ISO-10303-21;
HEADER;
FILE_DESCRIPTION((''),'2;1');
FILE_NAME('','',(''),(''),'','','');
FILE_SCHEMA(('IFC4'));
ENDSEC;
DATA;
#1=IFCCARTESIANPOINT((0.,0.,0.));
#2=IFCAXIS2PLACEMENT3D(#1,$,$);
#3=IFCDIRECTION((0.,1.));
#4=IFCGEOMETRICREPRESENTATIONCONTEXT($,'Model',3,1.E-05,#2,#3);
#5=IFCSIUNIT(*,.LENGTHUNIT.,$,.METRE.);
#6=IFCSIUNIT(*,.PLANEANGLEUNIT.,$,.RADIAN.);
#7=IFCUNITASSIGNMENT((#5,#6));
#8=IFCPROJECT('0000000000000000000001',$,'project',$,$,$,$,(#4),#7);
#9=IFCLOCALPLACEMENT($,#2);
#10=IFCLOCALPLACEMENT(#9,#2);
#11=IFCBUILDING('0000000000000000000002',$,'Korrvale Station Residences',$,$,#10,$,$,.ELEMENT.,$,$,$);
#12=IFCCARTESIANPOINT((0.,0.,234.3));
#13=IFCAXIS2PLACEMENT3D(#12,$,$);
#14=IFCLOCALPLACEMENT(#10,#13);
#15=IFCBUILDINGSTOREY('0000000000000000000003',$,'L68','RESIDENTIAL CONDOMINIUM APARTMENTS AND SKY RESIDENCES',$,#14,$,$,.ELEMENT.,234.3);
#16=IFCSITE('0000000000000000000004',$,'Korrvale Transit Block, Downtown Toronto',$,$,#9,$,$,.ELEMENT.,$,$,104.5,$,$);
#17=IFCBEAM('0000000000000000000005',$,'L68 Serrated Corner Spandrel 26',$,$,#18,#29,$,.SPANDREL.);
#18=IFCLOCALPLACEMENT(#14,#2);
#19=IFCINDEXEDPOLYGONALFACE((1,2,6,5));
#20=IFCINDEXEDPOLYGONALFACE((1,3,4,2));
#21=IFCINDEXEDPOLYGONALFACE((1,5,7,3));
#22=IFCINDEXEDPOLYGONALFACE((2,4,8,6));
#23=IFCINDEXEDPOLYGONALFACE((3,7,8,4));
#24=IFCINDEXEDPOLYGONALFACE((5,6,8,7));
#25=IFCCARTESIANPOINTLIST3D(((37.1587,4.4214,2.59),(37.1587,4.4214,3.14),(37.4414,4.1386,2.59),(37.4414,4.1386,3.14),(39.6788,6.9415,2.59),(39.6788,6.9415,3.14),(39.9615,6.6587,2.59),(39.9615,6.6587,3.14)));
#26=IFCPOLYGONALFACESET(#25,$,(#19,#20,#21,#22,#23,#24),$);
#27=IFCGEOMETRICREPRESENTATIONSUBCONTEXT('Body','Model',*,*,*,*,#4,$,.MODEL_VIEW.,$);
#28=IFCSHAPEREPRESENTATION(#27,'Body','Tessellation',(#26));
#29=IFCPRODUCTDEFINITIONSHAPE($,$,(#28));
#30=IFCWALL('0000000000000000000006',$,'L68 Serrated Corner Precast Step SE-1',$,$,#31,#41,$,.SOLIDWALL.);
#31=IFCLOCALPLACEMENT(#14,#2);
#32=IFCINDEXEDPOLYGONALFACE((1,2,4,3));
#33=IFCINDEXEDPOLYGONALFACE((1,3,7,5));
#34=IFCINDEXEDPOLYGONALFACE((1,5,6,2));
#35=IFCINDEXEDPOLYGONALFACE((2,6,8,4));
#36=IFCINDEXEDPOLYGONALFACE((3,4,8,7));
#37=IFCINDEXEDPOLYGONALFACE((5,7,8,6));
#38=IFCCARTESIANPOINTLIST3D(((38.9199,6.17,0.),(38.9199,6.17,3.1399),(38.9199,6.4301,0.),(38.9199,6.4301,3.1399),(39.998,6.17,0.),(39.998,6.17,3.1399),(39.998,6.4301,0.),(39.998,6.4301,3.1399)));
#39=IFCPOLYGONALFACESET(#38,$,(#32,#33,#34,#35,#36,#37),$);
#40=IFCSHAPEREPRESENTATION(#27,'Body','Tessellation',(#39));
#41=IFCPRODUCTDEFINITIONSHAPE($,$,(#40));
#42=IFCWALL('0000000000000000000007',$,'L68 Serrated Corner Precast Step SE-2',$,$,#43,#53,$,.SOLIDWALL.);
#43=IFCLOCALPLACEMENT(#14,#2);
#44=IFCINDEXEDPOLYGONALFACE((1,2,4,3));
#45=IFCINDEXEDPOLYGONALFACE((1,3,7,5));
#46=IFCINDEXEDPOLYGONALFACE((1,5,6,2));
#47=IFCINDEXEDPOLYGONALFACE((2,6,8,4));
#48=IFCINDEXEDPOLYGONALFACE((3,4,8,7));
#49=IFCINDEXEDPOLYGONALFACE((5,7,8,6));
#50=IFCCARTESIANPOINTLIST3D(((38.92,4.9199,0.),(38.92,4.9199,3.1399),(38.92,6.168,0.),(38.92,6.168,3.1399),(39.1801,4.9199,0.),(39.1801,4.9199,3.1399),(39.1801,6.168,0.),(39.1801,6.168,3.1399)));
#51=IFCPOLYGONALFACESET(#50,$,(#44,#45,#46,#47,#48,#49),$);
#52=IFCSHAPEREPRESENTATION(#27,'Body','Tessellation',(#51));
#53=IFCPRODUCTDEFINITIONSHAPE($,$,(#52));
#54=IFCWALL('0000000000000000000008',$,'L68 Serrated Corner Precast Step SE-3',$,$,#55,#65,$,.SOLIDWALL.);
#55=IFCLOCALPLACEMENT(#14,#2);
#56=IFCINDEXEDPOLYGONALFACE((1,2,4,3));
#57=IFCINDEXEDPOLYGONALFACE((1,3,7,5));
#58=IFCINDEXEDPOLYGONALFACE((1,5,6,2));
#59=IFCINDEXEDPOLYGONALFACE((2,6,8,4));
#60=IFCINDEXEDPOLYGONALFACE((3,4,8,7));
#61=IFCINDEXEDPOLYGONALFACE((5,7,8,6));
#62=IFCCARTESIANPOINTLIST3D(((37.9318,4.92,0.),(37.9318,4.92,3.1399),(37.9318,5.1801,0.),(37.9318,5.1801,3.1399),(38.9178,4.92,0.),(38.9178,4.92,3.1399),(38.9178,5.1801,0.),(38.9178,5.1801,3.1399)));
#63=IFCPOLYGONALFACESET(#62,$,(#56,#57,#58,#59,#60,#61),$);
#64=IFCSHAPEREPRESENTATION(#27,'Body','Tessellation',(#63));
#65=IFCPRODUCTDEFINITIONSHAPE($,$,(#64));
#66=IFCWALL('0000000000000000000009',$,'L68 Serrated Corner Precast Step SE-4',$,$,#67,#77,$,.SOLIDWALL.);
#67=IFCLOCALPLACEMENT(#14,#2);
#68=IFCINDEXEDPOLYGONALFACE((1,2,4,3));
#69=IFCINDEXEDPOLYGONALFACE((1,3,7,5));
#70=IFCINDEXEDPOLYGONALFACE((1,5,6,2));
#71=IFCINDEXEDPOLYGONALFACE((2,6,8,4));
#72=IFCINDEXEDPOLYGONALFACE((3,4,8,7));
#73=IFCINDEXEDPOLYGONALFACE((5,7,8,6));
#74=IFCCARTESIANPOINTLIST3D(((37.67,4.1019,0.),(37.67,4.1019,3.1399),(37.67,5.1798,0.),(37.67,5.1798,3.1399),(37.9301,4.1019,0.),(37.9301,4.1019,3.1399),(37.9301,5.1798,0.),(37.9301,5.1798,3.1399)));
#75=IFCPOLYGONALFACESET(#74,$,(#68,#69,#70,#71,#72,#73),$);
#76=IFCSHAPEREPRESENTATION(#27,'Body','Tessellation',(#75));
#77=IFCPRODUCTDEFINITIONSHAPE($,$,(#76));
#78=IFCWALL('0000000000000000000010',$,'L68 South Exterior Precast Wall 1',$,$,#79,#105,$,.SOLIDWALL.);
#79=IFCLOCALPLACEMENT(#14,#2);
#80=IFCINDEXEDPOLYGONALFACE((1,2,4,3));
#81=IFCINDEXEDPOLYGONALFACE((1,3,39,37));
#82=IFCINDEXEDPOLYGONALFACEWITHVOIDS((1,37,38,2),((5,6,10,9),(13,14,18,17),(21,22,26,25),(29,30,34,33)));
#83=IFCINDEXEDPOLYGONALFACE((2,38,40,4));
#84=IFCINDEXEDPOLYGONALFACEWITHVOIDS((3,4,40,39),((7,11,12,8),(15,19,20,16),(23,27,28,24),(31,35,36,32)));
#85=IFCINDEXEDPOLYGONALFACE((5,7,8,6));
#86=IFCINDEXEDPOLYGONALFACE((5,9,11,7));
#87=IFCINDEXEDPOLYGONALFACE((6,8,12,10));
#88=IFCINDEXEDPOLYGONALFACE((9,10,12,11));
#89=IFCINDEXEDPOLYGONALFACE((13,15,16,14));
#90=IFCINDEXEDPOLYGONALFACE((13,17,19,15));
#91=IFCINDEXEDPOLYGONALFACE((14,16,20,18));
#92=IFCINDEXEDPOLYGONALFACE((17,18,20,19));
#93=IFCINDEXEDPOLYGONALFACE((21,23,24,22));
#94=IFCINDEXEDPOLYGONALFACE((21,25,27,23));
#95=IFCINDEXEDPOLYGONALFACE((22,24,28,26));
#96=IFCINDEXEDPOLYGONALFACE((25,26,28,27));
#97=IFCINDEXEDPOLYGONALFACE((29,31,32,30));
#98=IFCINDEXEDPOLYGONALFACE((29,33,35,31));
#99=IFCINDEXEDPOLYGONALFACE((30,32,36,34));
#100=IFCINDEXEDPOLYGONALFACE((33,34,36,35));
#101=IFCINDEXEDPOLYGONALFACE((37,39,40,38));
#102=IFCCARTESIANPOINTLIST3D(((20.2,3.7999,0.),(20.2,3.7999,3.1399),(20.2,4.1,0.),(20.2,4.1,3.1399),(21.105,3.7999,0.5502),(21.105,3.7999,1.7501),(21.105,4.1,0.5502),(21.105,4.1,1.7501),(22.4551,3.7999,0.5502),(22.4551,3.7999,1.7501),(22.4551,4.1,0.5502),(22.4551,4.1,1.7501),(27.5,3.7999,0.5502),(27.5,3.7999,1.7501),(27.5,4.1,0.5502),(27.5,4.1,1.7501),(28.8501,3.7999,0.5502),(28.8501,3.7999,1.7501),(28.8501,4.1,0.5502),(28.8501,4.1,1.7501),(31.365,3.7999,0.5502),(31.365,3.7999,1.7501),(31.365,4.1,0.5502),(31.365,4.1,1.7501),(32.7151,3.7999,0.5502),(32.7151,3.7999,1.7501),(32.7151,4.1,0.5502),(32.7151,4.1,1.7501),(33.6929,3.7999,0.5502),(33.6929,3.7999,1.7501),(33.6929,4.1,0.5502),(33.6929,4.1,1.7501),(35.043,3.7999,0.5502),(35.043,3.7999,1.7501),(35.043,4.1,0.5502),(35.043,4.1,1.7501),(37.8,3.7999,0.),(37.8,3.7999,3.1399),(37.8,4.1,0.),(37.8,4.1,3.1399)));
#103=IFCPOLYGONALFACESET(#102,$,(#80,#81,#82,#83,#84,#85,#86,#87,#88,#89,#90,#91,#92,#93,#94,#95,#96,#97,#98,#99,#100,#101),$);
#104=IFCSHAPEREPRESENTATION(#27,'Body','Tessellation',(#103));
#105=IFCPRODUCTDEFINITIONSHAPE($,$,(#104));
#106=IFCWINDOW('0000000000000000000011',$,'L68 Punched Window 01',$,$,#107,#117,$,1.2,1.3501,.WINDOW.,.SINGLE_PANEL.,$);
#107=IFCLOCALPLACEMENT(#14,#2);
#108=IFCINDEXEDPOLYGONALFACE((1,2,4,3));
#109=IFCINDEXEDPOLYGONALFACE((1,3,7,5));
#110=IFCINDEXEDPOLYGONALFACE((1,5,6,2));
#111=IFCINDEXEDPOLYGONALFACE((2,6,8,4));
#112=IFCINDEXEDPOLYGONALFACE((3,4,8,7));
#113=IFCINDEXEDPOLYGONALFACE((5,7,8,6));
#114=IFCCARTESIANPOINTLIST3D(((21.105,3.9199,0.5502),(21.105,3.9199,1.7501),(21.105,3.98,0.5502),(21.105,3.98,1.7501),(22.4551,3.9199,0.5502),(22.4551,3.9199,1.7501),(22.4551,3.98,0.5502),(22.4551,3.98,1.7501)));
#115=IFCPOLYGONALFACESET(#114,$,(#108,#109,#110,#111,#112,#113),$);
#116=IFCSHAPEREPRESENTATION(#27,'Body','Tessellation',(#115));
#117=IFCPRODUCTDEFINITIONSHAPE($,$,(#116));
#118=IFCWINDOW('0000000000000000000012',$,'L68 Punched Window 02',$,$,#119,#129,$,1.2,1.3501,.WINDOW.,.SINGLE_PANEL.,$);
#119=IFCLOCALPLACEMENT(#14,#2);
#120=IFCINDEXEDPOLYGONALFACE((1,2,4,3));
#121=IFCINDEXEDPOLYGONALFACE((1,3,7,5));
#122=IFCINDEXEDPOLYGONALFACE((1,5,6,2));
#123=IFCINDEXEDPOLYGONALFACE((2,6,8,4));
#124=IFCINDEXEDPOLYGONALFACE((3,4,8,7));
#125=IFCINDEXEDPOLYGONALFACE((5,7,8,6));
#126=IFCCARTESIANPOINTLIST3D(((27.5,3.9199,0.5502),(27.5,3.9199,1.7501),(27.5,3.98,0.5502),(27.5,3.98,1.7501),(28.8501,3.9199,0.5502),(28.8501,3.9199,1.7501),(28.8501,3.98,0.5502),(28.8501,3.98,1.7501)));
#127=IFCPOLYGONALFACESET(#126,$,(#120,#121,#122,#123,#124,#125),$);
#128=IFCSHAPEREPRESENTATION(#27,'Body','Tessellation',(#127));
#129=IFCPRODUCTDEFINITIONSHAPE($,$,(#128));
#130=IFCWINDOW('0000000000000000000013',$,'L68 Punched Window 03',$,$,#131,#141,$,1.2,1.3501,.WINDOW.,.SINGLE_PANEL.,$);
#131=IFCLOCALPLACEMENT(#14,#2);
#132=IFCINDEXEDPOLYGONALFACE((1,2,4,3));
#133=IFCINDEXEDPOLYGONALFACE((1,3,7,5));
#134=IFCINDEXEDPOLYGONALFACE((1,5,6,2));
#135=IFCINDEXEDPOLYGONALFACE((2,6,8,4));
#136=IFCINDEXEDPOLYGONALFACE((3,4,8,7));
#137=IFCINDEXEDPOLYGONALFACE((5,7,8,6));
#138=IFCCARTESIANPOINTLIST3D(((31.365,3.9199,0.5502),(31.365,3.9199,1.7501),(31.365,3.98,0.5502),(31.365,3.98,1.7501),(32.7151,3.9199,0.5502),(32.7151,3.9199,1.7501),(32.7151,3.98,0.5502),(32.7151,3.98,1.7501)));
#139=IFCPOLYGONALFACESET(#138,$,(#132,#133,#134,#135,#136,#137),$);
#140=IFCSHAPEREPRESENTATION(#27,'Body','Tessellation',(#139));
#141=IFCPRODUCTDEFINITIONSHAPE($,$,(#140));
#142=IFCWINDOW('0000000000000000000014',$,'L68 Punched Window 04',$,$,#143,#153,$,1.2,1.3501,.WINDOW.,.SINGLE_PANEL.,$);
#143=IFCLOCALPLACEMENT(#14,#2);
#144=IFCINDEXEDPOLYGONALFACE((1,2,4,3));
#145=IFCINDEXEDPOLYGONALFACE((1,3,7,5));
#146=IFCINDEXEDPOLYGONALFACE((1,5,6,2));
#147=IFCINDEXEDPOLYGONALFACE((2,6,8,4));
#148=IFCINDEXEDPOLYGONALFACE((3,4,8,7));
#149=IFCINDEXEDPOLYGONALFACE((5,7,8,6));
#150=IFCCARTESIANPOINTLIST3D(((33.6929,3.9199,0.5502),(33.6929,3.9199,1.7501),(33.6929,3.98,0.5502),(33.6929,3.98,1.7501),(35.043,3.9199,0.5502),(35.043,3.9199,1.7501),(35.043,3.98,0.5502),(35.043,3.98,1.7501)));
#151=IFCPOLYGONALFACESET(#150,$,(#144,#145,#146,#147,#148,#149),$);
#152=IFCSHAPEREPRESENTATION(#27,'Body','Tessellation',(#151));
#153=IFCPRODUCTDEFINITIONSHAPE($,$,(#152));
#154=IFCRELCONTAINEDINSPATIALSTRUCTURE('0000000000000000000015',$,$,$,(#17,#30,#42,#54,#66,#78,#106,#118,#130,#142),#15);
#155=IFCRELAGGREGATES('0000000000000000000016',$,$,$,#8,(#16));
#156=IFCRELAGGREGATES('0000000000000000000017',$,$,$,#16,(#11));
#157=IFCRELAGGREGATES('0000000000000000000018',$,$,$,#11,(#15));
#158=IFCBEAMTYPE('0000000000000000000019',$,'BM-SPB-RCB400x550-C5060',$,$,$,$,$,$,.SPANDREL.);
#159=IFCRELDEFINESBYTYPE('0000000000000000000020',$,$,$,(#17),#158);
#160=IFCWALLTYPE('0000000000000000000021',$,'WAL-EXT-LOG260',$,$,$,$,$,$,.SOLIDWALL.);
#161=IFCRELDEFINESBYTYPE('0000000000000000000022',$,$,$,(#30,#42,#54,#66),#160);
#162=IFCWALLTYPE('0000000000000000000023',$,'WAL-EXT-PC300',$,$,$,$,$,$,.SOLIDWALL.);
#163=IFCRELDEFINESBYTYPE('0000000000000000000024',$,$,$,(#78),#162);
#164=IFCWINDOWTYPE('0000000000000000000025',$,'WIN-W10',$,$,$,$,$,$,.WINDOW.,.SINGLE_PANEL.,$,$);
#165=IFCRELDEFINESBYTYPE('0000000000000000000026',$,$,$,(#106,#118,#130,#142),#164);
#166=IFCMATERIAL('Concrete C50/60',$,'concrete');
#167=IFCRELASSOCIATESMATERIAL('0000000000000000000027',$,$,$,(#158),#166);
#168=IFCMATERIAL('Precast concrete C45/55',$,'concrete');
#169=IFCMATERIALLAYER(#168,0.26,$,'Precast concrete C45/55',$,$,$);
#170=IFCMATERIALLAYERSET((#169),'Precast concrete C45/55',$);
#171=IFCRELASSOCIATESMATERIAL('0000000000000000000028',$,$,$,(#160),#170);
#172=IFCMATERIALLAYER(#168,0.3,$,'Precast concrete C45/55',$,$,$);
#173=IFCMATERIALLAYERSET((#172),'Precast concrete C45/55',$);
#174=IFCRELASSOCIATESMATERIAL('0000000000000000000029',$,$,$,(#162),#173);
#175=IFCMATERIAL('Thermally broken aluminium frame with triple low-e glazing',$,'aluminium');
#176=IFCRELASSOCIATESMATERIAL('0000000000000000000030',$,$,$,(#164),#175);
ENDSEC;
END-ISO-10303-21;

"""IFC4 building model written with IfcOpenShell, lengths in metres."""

from ifc_helpers import new_model, si_unit, direction, frame, frame_2d, origin, origin_2d, place, context, subcontext, project, spatial, rectangle, extrude, material, layer, layer_set, material_profile, profile_set, type_object, element, fill, save


model = new_model("IFC4")

# Units and contexts
model_context = context("Model", 3, precision=1e-05, world=origin(), true_north=direction((0.0, 1.0)))
body_context = subcontext(model_context, "Body", "Model", "MODEL_VIEW")
ifc_project = project(units=[si_unit("LENGTHUNIT", "METRE"), si_unit("PLANEANGLEUNIT", "RADIAN")], contexts=[model_context])

# Site, building, storey
site_placement = place(None, origin())
site = spatial("IfcSite", under=ifc_project, at=site_placement, Name="Korrvale Transit Block, Downtown Toronto", CompositionType="ELEMENT", RefElevation=104.5)
building_placement = place(site_placement, origin())
building = spatial("IfcBuilding", under=site, at=building_placement, Name="Korrvale Station Residences", CompositionType="ELEMENT")
storey_placement = place(building_placement, frame((0.0, 0.0, 234.3)))
storey = spatial("IfcBuildingStorey", under=building, at=storey_placement, Name="L68", Description="RESIDENTIAL CONDOMINIUM APARTMENTS AND SKY RESIDENCES", CompositionType="ELEMENT", Elevation=234.3)

# Shared definitions
ifc_material_1 = material(Name="Concrete C50/60", Category="concrete")

# Beam
ifc_material_profile_1 = material_profile(ifc_material_1, rectangle(XDim=0.3999, YDim=0.55, at=origin_2d()), Name="RCB400x550")
ifc_profile_set_1 = profile_set([ifc_material_profile_1], Name="Concrete C50/60")
beam_type_1 = type_object("IfcBeamType", Name="BM-SPB-RCB400x550-C5060", PredefinedType="SPANDREL", material=ifc_profile_set_1)
beam_1_placement = place(storey_placement, frame((37.3, 4.28, 2.865), z_axis=(0.707107, 0.707107, 0.0), x_axis=(-0.707107, 0.707107, 0.0)))
element("IfcBeam", 1, at=beam_1_placement, inside=storey, type_object=beam_type_1, Name="L68 Serrated Corner Spandrel 26", PredefinedType="SPANDREL", context=body_context, shape_type="SweptSolid", body=[
    extrude(rectangle(XDim=0.3999, YDim=0.55, at=origin_2d()), origin(), (0.0, 0.0, 1.0), 3.564),
])

# Walls
ifc_material_2 = material(Name="Precast concrete C45/55", Category="concrete")
ifc_layer_1 = layer(ifc_material_2, 0.26, Name="Precast concrete C45/55")
ifc_layer_set_1 = layer_set([ifc_layer_1], Name="Precast concrete C45/55")
wall_type_1 = type_object("IfcWallType", Name="WAL-EXT-LOG260", PredefinedType="SOLIDWALL", material=ifc_layer_set_1)
wall_1_placement = place(storey_placement, frame((39.998, 6.3, 0.0), z_axis=(0.0, 0.0, 1.0), x_axis=(-1.0, 0.0, 0.0)))
element("IfcWall", 2, at=wall_1_placement, inside=storey, type_object=wall_type_1, Name="L68 Serrated Corner Precast Step SE-1", PredefinedType="SOLIDWALL", context=body_context, shape_type="SweptSolid", body=[
    extrude(rectangle(XDim=1.0781, YDim=0.26, at=frame_2d((0.5391, 0.0))), origin(), (0.0, 0.0, 1.0), 3.1399),
])
wall_2_placement = place(storey_placement, frame((39.05, 6.168, 0.0), z_axis=(0.0, 0.0, 1.0), x_axis=(0.0, -1.0, 0.0)))
element("IfcWall", 3, at=wall_2_placement, inside=storey, type_object=wall_type_1, Name="L68 Serrated Corner Precast Step SE-2", PredefinedType="SOLIDWALL", context=body_context, shape_type="SweptSolid", body=[
    extrude(rectangle(XDim=1.248, YDim=0.26, at=frame_2d((0.624, 0.0))), origin(), (0.0, 0.0, 1.0), 3.1399),
])
wall_3_placement = place(storey_placement, frame((38.918, 5.05, 0.0), z_axis=(0.0, 0.0, 1.0), x_axis=(-1.0, 0.0, 0.0)))
element("IfcWall", 4, at=wall_3_placement, inside=storey, type_object=wall_type_1, Name="L68 Serrated Corner Precast Step SE-3", PredefinedType="SOLIDWALL", context=body_context, shape_type="SweptSolid", body=[
    extrude(rectangle(XDim=0.9861, YDim=0.26, at=frame_2d((0.4932, 0.0))), origin(), (0.0, 0.0, 1.0), 3.1399),
])
wall_4_placement = place(storey_placement, frame((37.8, 5.1799, 0.0), z_axis=(0.0, 0.0, 1.0), x_axis=(0.0, -1.0, 0.0)))
element("IfcWall", 5, at=wall_4_placement, inside=storey, type_object=wall_type_1, Name="L68 Serrated Corner Precast Step SE-4", PredefinedType="SOLIDWALL", context=body_context, shape_type="SweptSolid", body=[
    extrude(rectangle(XDim=1.0779, YDim=0.26, at=frame_2d((0.5391, 0.0))), origin(), (0.0, 0.0, 1.0), 3.1399),
])

# Wall, openings, windows
ifc_layer_2 = layer(ifc_material_2, 0.3, Name="Precast concrete C45/55")
ifc_layer_set_2 = layer_set([ifc_layer_2], Name="Precast concrete C45/55")
wall_type_2 = type_object("IfcWallType", Name="WAL-EXT-PC300", PredefinedType="SOLIDWALL", material=ifc_layer_set_2)
wall_5_placement = place(storey_placement, frame((37.8, 3.95, 0.0), z_axis=(0.0, 0.0, 1.0), x_axis=(-1.0, 0.0, 0.0)))
wall_5 = element("IfcWall", 6, at=wall_5_placement, inside=storey, type_object=wall_type_2, Name="L68 South Exterior Precast Wall 1", PredefinedType="SOLIDWALL", context=body_context, shape_type="SweptSolid", body=[
    extrude(rectangle(XDim=17.6001, YDim=0.3, at=frame_2d((8.8, 0.0))), origin(), (0.0, 0.0, 1.0), 3.1399),
])
opening_1_placement = place(wall_5_placement, frame((15.345, 0.0, 0.55)))
opening_1 = element("IfcOpeningElement", 7, at=opening_1_placement, cuts=wall_5, PredefinedType="OPENING", context=body_context, shape_type="SweptSolid", body=[
    extrude(rectangle(XDim=1.3501, YDim=1.2, at=frame_2d((0.675, 0.6001))), frame((0.0, 0.1602, 0.0), z_axis=(0.0, -1.0, 0.0), x_axis=(1.0, 0.0, 0.0)), (0.0, 0.0, 1.0), 0.3201),
])
opening_2_placement = place(wall_5_placement, frame((8.95, 0.0, 0.55)))
opening_2 = element("IfcOpeningElement", 8, at=opening_2_placement, cuts=wall_5, PredefinedType="OPENING", context=body_context, shape_type="SweptSolid", body=[
    extrude(rectangle(XDim=1.3501, YDim=1.2, at=frame_2d((0.675, 0.6001))), frame((0.0, 0.1602, 0.0), z_axis=(0.0, -1.0, 0.0), x_axis=(1.0, 0.0, 0.0)), (0.0, 0.0, 1.0), 0.3201),
])
opening_3_placement = place(wall_5_placement, frame((5.085, 0.0, 0.55)))
opening_3 = element("IfcOpeningElement", 9, at=opening_3_placement, cuts=wall_5, PredefinedType="OPENING", context=body_context, shape_type="SweptSolid", body=[
    extrude(rectangle(XDim=1.3501, YDim=1.2, at=frame_2d((0.675, 0.6001))), frame((0.0, 0.1602, 0.0), z_axis=(0.0, -1.0, 0.0), x_axis=(1.0, 0.0, 0.0)), (0.0, 0.0, 1.0), 0.3201),
])
opening_4_placement = place(wall_5_placement, frame((2.7571, 0.0, 0.55)))
opening_4 = element("IfcOpeningElement", 10, at=opening_4_placement, cuts=wall_5, PredefinedType="OPENING", context=body_context, shape_type="SweptSolid", body=[
    extrude(rectangle(XDim=1.3501, YDim=1.2, at=frame_2d((0.675, 0.6001))), frame((0.0, 0.1602, 0.0), z_axis=(0.0, -1.0, 0.0), x_axis=(1.0, 0.0, 0.0)), (0.0, 0.0, 1.0), 0.3201),
])
ifc_material_3 = material(Name="Thermally broken aluminium frame with triple low-e glazing", Category="aluminium")
window_type = type_object("IfcWindowType", Name="WIN-W10", PartitioningType="SINGLE_PANEL", PredefinedType="WINDOW", material=ifc_material_3)
window_1_placement = place(opening_1_placement, origin())
window_1 = element("IfcWindow", 11, at=window_1_placement, inside=storey, type_object=window_type, Name="L68 Punched Window 01", OverallHeight=1.2, OverallWidth=1.3501, PartitioningType="SINGLE_PANEL", PredefinedType="WINDOW", context=body_context, shape_type="SweptSolid", body=[
    extrude(rectangle(XDim=1.3501, YDim=1.2, at=frame_2d((0.675, 0.6001))), frame((0.0, 0.03, 0.0), z_axis=(0.0, -1.0, 0.0), x_axis=(1.0, 0.0, 0.0)), (0.0, 0.0, 1.0), 0.0601),
])
fill(opening_1, window_1)
window_2_placement = place(opening_2_placement, origin())
window_2 = element("IfcWindow", 12, at=window_2_placement, inside=storey, type_object=window_type, Name="L68 Punched Window 02", OverallHeight=1.2, OverallWidth=1.3501, PartitioningType="SINGLE_PANEL", PredefinedType="WINDOW", context=body_context, shape_type="SweptSolid", body=[
    extrude(rectangle(XDim=1.3501, YDim=1.2, at=frame_2d((0.675, 0.6001))), frame((0.0, 0.03, 0.0), z_axis=(0.0, -1.0, 0.0), x_axis=(1.0, 0.0, 0.0)), (0.0, 0.0, 1.0), 0.0601),
])
fill(opening_2, window_2)
window_3_placement = place(opening_3_placement, origin())
window_3 = element("IfcWindow", 13, at=window_3_placement, inside=storey, type_object=window_type, Name="L68 Punched Window 03", OverallHeight=1.2, OverallWidth=1.3501, PartitioningType="SINGLE_PANEL", PredefinedType="WINDOW", context=body_context, shape_type="SweptSolid", body=[
    extrude(rectangle(XDim=1.3501, YDim=1.2, at=frame_2d((0.675, 0.6001))), frame((0.0, 0.03, 0.0), z_axis=(0.0, -1.0, 0.0), x_axis=(1.0, 0.0, 0.0)), (0.0, 0.0, 1.0), 0.0601),
])
fill(opening_3, window_3)
window_4_placement = place(opening_4_placement, origin())
window_4 = element("IfcWindow", 14, at=window_4_placement, inside=storey, type_object=window_type, Name="L68 Punched Window 04", OverallHeight=1.2, OverallWidth=1.3501, PartitioningType="SINGLE_PANEL", PredefinedType="WINDOW", context=body_context, shape_type="SweptSolid", body=[
    extrude(rectangle(XDim=1.3501, YDim=1.2, at=frame_2d((0.675, 0.6001))), frame((0.0, 0.03, 0.0), z_axis=(0.0, -1.0, 0.0), x_axis=(1.0, 0.0, 0.0)), (0.0, 0.0, 1.0), 0.0601),
])
fill(opening_4, window_4)

save(model, "model.ifc")
